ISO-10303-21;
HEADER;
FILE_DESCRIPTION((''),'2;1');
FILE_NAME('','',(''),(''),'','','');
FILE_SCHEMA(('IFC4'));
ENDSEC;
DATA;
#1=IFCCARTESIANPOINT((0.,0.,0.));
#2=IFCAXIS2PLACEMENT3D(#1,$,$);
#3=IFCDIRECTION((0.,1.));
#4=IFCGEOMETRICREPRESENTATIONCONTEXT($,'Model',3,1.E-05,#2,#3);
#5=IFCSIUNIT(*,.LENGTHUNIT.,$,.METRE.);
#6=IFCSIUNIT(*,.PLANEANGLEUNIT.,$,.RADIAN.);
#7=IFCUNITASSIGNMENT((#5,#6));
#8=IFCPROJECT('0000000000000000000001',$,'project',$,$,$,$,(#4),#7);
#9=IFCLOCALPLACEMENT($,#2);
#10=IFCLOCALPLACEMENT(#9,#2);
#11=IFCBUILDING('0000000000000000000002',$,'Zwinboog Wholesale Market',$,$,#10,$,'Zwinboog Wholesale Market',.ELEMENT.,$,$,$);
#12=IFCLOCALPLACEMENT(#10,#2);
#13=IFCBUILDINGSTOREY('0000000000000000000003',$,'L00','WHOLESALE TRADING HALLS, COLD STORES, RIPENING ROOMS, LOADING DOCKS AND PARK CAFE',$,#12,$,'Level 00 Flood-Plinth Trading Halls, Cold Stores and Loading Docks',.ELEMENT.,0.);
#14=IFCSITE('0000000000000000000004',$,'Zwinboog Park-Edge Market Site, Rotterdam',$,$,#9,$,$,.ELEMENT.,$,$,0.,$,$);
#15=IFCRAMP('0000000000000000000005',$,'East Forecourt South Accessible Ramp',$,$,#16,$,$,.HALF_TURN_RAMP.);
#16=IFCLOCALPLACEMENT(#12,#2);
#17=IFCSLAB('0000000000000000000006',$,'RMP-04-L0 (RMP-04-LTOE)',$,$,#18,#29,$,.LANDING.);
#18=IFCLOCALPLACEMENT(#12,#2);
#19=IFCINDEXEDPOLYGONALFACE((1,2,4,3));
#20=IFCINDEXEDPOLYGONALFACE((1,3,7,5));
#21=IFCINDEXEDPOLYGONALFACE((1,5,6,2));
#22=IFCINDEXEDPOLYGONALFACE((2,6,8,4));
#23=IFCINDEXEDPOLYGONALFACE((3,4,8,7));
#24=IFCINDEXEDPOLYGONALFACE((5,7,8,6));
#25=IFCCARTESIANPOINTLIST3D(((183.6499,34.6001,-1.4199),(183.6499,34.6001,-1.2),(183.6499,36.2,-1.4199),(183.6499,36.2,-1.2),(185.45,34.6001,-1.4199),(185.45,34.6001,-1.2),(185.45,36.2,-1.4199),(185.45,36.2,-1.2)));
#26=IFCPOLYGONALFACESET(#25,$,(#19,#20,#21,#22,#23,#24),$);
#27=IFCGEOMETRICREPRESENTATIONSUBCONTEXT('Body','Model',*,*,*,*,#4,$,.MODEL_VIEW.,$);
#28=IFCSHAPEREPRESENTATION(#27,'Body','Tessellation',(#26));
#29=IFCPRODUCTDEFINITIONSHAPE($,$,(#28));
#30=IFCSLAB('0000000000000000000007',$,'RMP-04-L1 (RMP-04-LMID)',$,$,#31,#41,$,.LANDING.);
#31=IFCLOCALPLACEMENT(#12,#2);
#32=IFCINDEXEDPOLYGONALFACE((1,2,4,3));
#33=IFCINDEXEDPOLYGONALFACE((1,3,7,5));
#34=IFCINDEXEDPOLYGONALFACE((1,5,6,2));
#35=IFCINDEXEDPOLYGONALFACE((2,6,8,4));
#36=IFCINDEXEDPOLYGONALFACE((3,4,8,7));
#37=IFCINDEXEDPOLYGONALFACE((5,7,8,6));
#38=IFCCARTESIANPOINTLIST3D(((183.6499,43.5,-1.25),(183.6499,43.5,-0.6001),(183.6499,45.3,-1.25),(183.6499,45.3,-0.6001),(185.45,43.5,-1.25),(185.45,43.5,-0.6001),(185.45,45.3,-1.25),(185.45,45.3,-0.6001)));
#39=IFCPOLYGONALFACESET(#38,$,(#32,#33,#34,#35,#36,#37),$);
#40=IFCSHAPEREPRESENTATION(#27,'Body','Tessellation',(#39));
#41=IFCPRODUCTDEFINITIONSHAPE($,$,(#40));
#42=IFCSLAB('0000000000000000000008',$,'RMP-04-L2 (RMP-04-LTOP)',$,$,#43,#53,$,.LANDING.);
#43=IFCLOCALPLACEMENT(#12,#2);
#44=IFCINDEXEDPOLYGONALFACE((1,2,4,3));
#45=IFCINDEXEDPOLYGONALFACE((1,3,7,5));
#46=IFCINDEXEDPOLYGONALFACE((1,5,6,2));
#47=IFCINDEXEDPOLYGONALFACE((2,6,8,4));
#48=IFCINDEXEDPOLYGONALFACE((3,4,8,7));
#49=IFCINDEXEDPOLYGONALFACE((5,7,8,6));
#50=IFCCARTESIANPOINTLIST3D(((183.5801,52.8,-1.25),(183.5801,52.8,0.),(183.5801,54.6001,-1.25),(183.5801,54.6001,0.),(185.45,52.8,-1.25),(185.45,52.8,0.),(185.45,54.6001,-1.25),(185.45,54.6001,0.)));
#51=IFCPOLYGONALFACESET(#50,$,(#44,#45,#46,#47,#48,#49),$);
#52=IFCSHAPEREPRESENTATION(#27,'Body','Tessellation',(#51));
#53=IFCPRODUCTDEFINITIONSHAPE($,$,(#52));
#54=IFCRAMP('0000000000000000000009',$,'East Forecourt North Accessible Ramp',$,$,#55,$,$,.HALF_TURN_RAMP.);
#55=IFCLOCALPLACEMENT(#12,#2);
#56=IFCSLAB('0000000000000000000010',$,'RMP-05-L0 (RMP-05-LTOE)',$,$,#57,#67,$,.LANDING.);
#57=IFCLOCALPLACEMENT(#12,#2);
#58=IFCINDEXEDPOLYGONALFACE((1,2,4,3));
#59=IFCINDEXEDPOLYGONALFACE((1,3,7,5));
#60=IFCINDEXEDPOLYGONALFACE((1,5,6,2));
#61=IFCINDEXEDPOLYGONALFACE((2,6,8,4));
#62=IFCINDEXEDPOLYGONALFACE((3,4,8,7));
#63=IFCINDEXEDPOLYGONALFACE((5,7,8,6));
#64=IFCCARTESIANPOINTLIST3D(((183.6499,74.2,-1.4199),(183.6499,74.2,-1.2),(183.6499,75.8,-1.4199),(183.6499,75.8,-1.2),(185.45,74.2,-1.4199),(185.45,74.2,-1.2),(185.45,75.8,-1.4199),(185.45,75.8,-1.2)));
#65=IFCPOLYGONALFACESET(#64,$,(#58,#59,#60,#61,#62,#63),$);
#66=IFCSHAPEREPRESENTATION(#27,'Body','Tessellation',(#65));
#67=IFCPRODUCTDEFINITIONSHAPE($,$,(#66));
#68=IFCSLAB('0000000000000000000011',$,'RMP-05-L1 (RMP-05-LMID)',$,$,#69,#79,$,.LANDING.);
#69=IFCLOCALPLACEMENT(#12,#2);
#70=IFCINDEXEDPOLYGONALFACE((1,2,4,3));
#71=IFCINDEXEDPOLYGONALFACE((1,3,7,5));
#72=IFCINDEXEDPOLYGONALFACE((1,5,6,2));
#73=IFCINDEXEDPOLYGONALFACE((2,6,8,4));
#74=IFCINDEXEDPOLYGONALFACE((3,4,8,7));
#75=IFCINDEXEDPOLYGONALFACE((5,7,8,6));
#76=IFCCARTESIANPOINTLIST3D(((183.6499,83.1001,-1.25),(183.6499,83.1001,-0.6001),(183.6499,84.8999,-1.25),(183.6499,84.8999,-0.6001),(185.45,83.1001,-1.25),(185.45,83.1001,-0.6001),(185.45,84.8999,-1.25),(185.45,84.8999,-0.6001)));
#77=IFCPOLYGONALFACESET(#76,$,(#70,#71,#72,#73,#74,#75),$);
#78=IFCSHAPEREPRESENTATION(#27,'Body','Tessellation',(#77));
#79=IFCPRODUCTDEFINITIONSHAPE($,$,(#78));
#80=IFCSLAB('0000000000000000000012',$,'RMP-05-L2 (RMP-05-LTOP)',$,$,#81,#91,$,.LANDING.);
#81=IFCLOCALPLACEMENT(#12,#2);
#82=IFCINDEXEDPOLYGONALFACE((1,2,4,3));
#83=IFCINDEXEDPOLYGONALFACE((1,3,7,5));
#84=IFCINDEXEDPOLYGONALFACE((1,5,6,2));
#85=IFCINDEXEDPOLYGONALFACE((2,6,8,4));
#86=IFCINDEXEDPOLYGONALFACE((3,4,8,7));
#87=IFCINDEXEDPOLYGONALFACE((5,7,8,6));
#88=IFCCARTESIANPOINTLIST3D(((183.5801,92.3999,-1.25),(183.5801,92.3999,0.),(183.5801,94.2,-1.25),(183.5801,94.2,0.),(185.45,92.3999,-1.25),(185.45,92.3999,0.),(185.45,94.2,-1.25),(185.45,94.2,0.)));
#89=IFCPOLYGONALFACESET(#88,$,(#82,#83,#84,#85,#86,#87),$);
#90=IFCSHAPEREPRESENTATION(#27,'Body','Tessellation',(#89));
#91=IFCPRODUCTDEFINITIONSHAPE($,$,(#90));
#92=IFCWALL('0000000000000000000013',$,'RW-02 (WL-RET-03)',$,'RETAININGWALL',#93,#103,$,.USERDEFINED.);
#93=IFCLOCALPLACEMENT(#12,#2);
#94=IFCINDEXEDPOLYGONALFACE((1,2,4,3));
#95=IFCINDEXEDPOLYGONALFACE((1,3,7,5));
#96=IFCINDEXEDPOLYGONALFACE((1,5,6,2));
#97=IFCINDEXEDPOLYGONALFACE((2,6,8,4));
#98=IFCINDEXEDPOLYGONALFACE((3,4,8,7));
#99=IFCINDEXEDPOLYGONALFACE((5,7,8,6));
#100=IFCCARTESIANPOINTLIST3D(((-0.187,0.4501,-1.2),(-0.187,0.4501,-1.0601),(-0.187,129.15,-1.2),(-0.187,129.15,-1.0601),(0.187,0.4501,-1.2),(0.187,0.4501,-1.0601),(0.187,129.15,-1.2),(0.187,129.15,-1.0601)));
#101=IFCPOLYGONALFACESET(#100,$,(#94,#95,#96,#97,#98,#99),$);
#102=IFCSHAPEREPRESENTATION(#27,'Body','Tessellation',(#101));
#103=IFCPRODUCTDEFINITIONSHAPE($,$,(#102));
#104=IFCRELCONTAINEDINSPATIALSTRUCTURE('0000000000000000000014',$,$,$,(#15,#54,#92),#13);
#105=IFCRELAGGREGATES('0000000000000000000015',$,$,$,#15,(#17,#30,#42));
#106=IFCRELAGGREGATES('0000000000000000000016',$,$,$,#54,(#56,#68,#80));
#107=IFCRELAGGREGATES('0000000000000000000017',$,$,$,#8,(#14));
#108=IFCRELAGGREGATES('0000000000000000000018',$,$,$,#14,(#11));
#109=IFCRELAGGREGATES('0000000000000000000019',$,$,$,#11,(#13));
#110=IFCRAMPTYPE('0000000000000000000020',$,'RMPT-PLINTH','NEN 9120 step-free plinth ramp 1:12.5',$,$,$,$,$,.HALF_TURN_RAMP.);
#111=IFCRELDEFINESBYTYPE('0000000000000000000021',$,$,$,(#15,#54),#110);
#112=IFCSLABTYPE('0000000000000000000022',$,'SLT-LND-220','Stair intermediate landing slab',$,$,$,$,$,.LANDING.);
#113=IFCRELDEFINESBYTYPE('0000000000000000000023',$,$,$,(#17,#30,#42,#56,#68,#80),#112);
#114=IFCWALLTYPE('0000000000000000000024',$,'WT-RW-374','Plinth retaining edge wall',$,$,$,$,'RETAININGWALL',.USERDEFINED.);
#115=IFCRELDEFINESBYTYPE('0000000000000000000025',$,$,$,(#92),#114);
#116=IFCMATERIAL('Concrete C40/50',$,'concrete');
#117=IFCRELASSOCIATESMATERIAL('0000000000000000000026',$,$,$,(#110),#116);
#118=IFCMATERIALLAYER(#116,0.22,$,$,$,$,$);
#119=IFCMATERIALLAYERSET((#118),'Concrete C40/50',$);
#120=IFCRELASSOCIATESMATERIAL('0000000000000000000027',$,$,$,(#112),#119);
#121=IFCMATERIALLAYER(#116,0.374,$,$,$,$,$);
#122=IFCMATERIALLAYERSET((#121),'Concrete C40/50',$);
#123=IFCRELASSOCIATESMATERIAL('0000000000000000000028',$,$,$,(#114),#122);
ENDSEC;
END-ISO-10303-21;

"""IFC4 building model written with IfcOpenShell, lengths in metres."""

from ifc_helpers import new_model, si_unit, direction, frame, frame_2d, origin, place, context, subcontext, project, spatial, polyline, rectangle, outline, extrude, material, layer, layer_set, type_object, element, aggregate, save


model = new_model("IFC4")

# Units and contexts
model_context = context("Model", 3, precision=1e-05, world=origin(), true_north=direction((0.0, 1.0)))
body_context = subcontext(model_context, "Body", "Model", "MODEL_VIEW")
ifc_project = project(units=[si_unit("LENGTHUNIT", "METRE"), si_unit("PLANEANGLEUNIT", "RADIAN")], contexts=[model_context])

# Site, building, storey
site_placement = place(None, origin())
site = spatial("IfcSite", under=ifc_project, at=site_placement, Name="Zwinboog Park-Edge Market Site, Rotterdam", CompositionType="ELEMENT", RefElevation=0.0)
building_placement = place(site_placement, origin())
building = spatial("IfcBuilding", under=site, at=building_placement, Name="Zwinboog Wholesale Market", LongName="Zwinboog Wholesale Market", CompositionType="ELEMENT")
storey_placement = place(building_placement, origin())
storey = spatial("IfcBuildingStorey", under=building, at=storey_placement, Name="L00", Description="WHOLESALE TRADING HALLS, COLD STORES, RIPENING ROOMS, LOADING DOCKS AND PARK CAFE", LongName="Level 00 Flood-Plinth Trading Halls, Cold Stores and Loading Docks", CompositionType="ELEMENT", Elevation=0.0)

# Ramps, slabs
ifc_material_1 = material(Name="Concrete C40/50", Category="concrete")
ramp_type = type_object("IfcRampType", Name="RMPT-PLINTH", Description="NEN 9120 step-free plinth ramp 1:12.5", PredefinedType="HALF_TURN_RAMP", material=ifc_material_1)
ifc_layer_1 = layer(ifc_material_1, 0.22)
ifc_layer_set_1 = layer_set([ifc_layer_1], Name="Concrete C40/50")
slab_type = type_object("IfcSlabType", Name="SLT-LND-220", Description="Stair intermediate landing slab", PredefinedType="LANDING", material=ifc_layer_set_1)
ramp_1_placement = place(storey_placement, origin())
ramp_1 = element("IfcRamp", 1, at=ramp_1_placement, inside=storey, type_object=ramp_type, Name="East Forecourt South Accessible Ramp", PredefinedType="HALF_TURN_RAMP")
slab_1_placement = place(storey_placement, frame((0.0, 0.0, -1.4199)))
slab_1 = element("IfcSlab", 2, at=slab_1_placement, type_object=slab_type, Name="RMP-04-L0 (RMP-04-LTOE)", PredefinedType="LANDING", context=body_context, shape_type="SweptSolid", body=[
    extrude(outline(polyline([(183.6499, 34.6001), (185.45, 34.6001), (185.45, 36.2), (183.6499, 36.2), (183.6499, 34.6001)])), origin(), (0.0, 0.0, 1.0), 0.22),
])
slab_2_placement = place(storey_placement, frame((0.0, 0.0, -1.25)))
slab_2 = element("IfcSlab", 3, at=slab_2_placement, type_object=slab_type, Name="RMP-04-L1 (RMP-04-LMID)", PredefinedType="LANDING", context=body_context, shape_type="SweptSolid", body=[
    extrude(outline(polyline([(183.6499, 43.5), (185.45, 43.5), (185.45, 45.3), (183.6499, 45.3), (183.6499, 43.5)])), origin(), (0.0, 0.0, 1.0), 0.6499),
])
slab_3_placement = place(storey_placement, frame((0.0, 0.0, -1.25)))
slab_3 = element("IfcSlab", 4, at=slab_3_placement, type_object=slab_type, Name="RMP-04-L2 (RMP-04-LTOP)", PredefinedType="LANDING", context=body_context, shape_type="SweptSolid", body=[
    extrude(outline(polyline([(183.5801, 52.8), (185.45, 52.8), (185.45, 54.6001), (183.5801, 54.6001), (183.5801, 52.8)])), origin(), (0.0, 0.0, 1.0), 1.25),
])
aggregate(ramp_1, [slab_1, slab_2, slab_3])
ramp_2_placement = place(storey_placement, origin())
ramp_2 = element("IfcRamp", 5, at=ramp_2_placement, inside=storey, type_object=ramp_type, Name="East Forecourt North Accessible Ramp", PredefinedType="HALF_TURN_RAMP")
slab_4_placement = place(storey_placement, frame((0.0, 0.0, -1.4199)))
slab_4 = element("IfcSlab", 6, at=slab_4_placement, type_object=slab_type, Name="RMP-05-L0 (RMP-05-LTOE)", PredefinedType="LANDING", context=body_context, shape_type="SweptSolid", body=[
    extrude(outline(polyline([(183.6499, 74.2), (185.45, 74.2), (185.45, 75.8), (183.6499, 75.8), (183.6499, 74.2)])), origin(), (0.0, 0.0, 1.0), 0.22),
])
slab_5_placement = place(storey_placement, frame((0.0, 0.0, -1.25)))
slab_5 = element("IfcSlab", 7, at=slab_5_placement, type_object=slab_type, Name="RMP-05-L1 (RMP-05-LMID)", PredefinedType="LANDING", context=body_context, shape_type="SweptSolid", body=[
    extrude(outline(polyline([(183.6499, 83.1001), (185.45, 83.1001), (185.45, 84.8999), (183.6499, 84.8999), (183.6499, 83.1001)])), origin(), (0.0, 0.0, 1.0), 0.6499),
])
slab_6_placement = place(storey_placement, frame((0.0, 0.0, -1.25)))
slab_6 = element("IfcSlab", 8, at=slab_6_placement, type_object=slab_type, Name="RMP-05-L2 (RMP-05-LTOP)", PredefinedType="LANDING", context=body_context, shape_type="SweptSolid", body=[
    extrude(outline(polyline([(183.5801, 92.3999), (185.45, 92.3999), (185.45, 94.2), (183.5801, 94.2), (183.5801, 92.3999)])), origin(), (0.0, 0.0, 1.0), 1.25),
])
aggregate(ramp_2, [slab_4, slab_5, slab_6])

# Wall
ifc_layer_2 = layer(ifc_material_1, 0.374)
ifc_layer_set_2 = layer_set([ifc_layer_2], Name="Concrete C40/50")
wall_type = type_object("IfcWallType", Name="WT-RW-374", Description="Plinth retaining edge wall", ElementType="RETAININGWALL", PredefinedType="USERDEFINED", material=ifc_layer_set_2)
wall_placement = place(storey_placement, frame((0.0, 0.45, -1.2), z_axis=(0.0, 0.0, 1.0), x_axis=(0.0, 1.0, 0.0)))
element("IfcWall", 9, at=wall_placement, inside=storey, type_object=wall_type, Name="RW-02 (WL-RET-03)", ObjectType="RETAININGWALL", PredefinedType="USERDEFINED", context=body_context, shape_type="SweptSolid", body=[
    extrude(rectangle(XDim=128.7, YDim=0.374, at=frame_2d((64.3501, 0.0))), origin(), (0.0, 0.0, 1.0), 0.1399),
])

save(model, "model.ifc")
